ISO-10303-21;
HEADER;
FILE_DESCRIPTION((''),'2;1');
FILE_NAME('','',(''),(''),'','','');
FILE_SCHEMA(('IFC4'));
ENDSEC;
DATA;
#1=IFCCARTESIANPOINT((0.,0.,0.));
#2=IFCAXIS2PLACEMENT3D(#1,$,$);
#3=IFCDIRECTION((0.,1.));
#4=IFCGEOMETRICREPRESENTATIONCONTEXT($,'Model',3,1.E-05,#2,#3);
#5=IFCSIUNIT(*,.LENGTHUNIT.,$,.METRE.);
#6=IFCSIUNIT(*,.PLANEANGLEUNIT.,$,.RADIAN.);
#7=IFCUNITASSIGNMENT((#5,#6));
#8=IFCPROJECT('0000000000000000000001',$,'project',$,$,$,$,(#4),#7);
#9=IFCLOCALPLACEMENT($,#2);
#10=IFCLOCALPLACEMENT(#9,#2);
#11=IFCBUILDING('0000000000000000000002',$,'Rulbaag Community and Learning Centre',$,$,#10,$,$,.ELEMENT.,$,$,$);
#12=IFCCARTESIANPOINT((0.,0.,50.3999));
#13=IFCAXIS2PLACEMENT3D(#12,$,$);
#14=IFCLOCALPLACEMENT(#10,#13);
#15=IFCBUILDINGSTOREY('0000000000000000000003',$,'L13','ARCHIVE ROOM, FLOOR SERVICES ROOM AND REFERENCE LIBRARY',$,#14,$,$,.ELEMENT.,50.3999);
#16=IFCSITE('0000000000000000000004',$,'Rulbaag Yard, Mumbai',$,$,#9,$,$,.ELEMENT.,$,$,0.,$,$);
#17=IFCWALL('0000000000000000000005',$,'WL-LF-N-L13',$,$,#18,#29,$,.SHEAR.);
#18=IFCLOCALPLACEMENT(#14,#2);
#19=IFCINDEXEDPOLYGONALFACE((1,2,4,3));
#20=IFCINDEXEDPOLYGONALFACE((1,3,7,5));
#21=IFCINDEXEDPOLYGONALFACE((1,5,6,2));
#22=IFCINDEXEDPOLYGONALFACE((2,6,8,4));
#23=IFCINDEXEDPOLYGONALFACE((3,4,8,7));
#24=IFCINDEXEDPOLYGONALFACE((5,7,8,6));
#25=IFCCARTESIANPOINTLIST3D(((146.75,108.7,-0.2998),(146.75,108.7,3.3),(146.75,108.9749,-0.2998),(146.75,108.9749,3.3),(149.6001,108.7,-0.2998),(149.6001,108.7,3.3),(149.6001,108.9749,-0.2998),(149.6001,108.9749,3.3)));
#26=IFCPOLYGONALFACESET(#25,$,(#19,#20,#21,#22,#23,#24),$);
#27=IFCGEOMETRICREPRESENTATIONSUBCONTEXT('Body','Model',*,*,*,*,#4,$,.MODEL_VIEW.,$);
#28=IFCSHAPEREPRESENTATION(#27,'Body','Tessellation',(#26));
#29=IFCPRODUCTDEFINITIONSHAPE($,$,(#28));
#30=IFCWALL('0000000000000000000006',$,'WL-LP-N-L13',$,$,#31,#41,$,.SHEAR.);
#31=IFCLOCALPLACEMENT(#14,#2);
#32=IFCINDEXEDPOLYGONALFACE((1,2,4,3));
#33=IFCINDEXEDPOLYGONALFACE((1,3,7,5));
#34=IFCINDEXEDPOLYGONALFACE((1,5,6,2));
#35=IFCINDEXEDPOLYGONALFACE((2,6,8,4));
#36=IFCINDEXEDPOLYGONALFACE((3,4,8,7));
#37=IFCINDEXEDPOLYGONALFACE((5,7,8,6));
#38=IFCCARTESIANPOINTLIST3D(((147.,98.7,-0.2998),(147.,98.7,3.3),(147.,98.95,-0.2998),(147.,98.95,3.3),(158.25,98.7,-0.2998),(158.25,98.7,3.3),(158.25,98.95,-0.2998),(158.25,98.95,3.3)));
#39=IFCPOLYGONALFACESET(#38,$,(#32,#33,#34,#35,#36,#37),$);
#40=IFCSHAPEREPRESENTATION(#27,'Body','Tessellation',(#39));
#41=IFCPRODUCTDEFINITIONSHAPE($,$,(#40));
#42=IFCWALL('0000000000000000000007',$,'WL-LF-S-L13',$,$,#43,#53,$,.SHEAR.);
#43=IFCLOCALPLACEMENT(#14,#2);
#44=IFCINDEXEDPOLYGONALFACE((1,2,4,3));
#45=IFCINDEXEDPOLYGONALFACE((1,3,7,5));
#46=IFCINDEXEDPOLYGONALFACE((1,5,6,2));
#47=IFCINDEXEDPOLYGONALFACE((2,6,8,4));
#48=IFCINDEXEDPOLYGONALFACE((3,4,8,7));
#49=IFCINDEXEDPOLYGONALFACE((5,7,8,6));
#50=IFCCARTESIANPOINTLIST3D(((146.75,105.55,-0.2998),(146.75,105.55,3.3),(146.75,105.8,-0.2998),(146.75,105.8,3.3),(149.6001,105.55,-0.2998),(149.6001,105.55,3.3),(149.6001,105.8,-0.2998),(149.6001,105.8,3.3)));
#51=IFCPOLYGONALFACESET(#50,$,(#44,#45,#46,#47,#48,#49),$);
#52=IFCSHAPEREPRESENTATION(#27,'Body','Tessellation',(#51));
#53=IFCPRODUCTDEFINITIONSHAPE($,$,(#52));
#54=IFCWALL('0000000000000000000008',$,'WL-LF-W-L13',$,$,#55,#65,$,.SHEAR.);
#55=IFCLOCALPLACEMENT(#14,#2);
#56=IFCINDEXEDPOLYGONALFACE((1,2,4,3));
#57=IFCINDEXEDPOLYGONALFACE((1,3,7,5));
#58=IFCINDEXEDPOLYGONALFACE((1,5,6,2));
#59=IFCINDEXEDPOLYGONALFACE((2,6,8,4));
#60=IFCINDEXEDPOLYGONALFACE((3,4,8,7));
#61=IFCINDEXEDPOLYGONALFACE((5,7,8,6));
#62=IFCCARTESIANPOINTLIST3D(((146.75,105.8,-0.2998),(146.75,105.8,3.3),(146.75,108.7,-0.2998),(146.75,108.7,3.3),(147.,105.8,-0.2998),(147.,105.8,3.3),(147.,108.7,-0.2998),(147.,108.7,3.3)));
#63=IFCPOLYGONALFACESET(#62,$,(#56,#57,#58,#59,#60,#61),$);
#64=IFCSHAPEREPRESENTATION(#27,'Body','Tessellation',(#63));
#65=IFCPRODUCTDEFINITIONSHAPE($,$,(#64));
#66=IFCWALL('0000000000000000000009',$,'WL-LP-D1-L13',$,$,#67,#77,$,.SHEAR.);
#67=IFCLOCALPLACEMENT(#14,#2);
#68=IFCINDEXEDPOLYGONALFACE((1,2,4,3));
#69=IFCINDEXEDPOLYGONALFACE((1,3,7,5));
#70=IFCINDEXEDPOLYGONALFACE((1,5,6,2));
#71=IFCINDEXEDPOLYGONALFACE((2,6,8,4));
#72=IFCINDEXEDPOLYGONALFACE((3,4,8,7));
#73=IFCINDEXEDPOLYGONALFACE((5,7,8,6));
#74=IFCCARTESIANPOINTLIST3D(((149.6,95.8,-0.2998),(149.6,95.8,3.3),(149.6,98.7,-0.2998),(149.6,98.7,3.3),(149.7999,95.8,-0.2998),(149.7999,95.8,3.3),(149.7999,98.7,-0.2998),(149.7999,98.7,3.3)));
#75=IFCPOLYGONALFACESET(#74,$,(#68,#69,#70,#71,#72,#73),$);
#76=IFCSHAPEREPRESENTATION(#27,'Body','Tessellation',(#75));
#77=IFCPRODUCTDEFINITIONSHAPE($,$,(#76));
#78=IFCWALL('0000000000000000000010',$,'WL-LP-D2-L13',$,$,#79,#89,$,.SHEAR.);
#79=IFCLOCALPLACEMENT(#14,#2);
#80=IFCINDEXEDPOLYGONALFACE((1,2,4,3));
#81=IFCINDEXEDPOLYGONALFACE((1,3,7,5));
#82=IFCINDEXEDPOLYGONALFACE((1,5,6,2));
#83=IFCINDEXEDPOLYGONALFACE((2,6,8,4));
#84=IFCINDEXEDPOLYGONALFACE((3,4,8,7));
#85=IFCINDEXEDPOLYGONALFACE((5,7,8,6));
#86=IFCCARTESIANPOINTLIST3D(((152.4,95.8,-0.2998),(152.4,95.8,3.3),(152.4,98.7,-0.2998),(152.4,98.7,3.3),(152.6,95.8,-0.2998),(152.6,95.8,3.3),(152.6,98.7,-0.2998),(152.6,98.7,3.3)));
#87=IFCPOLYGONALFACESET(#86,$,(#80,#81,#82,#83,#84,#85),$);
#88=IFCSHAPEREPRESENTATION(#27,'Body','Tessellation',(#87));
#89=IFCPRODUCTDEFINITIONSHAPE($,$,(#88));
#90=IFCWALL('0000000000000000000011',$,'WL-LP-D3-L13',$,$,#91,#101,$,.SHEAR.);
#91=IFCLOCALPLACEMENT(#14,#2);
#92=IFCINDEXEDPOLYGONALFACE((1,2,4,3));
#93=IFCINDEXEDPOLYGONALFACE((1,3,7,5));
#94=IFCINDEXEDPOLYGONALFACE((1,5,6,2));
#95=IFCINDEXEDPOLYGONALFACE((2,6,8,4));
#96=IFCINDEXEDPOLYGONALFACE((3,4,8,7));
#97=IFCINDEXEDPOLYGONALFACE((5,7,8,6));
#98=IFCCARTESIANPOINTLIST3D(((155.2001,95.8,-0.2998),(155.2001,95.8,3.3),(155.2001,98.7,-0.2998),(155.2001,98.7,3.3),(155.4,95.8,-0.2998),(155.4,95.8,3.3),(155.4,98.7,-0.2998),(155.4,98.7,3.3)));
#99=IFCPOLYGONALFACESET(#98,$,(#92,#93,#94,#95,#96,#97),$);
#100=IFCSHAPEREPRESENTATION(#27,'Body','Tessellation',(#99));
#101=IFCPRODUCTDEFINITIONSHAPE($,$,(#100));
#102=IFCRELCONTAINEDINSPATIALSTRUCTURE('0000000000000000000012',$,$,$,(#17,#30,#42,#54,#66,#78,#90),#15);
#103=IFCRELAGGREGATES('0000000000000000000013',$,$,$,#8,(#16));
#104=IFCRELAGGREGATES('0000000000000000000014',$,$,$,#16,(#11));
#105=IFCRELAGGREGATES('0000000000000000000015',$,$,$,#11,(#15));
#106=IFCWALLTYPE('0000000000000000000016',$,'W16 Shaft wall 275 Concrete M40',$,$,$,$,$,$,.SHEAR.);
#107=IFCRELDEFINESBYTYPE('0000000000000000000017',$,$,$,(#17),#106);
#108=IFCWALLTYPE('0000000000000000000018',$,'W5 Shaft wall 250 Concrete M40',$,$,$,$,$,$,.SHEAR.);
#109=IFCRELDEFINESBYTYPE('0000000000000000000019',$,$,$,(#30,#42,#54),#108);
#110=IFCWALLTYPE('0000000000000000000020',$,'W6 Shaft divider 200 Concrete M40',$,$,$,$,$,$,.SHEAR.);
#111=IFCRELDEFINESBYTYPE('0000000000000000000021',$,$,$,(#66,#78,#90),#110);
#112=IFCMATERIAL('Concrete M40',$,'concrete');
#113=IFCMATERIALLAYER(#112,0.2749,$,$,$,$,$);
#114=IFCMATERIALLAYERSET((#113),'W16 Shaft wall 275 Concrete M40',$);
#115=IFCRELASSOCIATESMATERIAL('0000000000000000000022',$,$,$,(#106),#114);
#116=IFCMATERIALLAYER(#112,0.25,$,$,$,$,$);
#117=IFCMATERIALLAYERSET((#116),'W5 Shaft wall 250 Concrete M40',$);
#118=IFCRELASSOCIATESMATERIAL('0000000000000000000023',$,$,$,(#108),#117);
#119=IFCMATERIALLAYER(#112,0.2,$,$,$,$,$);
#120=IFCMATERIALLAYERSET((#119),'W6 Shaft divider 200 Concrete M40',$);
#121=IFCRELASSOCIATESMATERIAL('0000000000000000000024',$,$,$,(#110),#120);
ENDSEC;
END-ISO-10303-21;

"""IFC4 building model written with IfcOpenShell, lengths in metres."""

from ifc_helpers import new_model, si_unit, direction, frame, frame_2d, origin, place, context, subcontext, project, spatial, rectangle, extrude, material, layer, layer_set, type_object, element, save


model = new_model("IFC4")

# Units and contexts
model_context = context("Model", 3, precision=1e-05, world=origin(), true_north=direction((0.0, 1.0)))
body_context = subcontext(model_context, "Body", "Model", "MODEL_VIEW")
ifc_project = project(units=[si_unit("LENGTHUNIT", "METRE"), si_unit("PLANEANGLEUNIT", "RADIAN")], contexts=[model_context])

# Site, building, storey
site_placement = place(None, origin())
site = spatial("IfcSite", under=ifc_project, at=site_placement, Name="Rulbaag Yard, Mumbai", CompositionType="ELEMENT", RefElevation=0.0)
building_placement = place(site_placement, origin())
building = spatial("IfcBuilding", under=site, at=building_placement, Name="Rulbaag Community and Learning Centre", CompositionType="ELEMENT")
storey_placement = place(building_placement, frame((0.0, 0.0, 50.3999)))
storey = spatial("IfcBuildingStorey", under=building, at=storey_placement, Name="L13", Description="ARCHIVE ROOM, FLOOR SERVICES ROOM AND REFERENCE LIBRARY", CompositionType="ELEMENT", Elevation=50.3999)

# Shared definitions
ifc_material_1 = material(Name="Concrete M40", Category="concrete")

# Walls
ifc_layer_1 = layer(ifc_material_1, 0.2749)
ifc_layer_set_1 = layer_set([ifc_layer_1], Name="W16 Shaft wall 275 Concrete M40")
wall_type_1 = type_object("IfcWallType", Name="W16 Shaft wall 275 Concrete M40", PredefinedType="SHEAR", material=ifc_layer_set_1)
wall_1_placement = place(storey_placement, frame((146.75, 108.8374, -0.2998), z_axis=(0.0, 0.0, 1.0), x_axis=(1.0, 0.0, 0.0)))
element("IfcWall", 1, at=wall_1_placement, inside=storey, type_object=wall_type_1, Name="WL-LF-N-L13", PredefinedType="SHEAR", context=body_context, shape_type="SweptSolid", body=[
    extrude(rectangle(XDim=2.8501, YDim=0.2749, at=frame_2d((1.425, 0.0))), origin(), (0.0, 0.0, 1.0), 3.5999),
])
ifc_layer_2 = layer(ifc_material_1, 0.25)
ifc_layer_set_2 = layer_set([ifc_layer_2], Name="W5 Shaft wall 250 Concrete M40")
wall_type_2 = type_object("IfcWallType", Name="W5 Shaft wall 250 Concrete M40", PredefinedType="SHEAR", material=ifc_layer_set_2)
wall_2_placement = place(storey_placement, frame((147.0, 98.825, -0.2998), z_axis=(0.0, 0.0, 1.0), x_axis=(1.0, 0.0, 0.0)))
element("IfcWall", 2, at=wall_2_placement, inside=storey, type_object=wall_type_2, Name="WL-LP-N-L13", PredefinedType="SHEAR", context=body_context, shape_type="SweptSolid", body=[
    extrude(rectangle(XDim=11.25, YDim=0.25, at=frame_2d((5.625, 0.0))), origin(), (0.0, 0.0, 1.0), 3.5999),
])
wall_3_placement = place(storey_placement, frame((146.75, 105.675, -0.2998), z_axis=(0.0, 0.0, 1.0), x_axis=(1.0, 0.0, 0.0)))
element("IfcWall", 3, at=wall_3_placement, inside=storey, type_object=wall_type_2, Name="WL-LF-S-L13", PredefinedType="SHEAR", context=body_context, shape_type="SweptSolid", body=[
    extrude(rectangle(XDim=2.8501, YDim=0.25, at=frame_2d((1.425, 0.0))), origin(), (0.0, 0.0, 1.0), 3.5999),
])
wall_4_placement = place(storey_placement, frame((146.875, 105.8, -0.2998), z_axis=(0.0, 0.0, 1.0), x_axis=(0.0, 1.0, 0.0)))
element("IfcWall", 4, at=wall_4_placement, inside=storey, type_object=wall_type_2, Name="WL-LF-W-L13", PredefinedType="SHEAR", context=body_context, shape_type="SweptSolid", body=[
    extrude(rectangle(XDim=2.8999, YDim=0.25, at=frame_2d((1.45, 0.0))), origin(), (0.0, 0.0, 1.0), 3.5999),
])
ifc_layer_3 = layer(ifc_material_1, 0.2)
ifc_layer_set_3 = layer_set([ifc_layer_3], Name="W6 Shaft divider 200 Concrete M40")
wall_type_3 = type_object("IfcWallType", Name="W6 Shaft divider 200 Concrete M40", PredefinedType="SHEAR", material=ifc_layer_set_3)
for number, where, z_axis, x_axis, name in (
    (5, (149.7, 95.8, -0.2998), (0.0, 0.0, 1.0), (0.0, 1.0, 0.0), "WL-LP-D1-L13"),
    (6, (152.5, 95.8, -0.2998), (0.0, 0.0, 1.0), (0.0, 1.0, 0.0), "WL-LP-D2-L13"),
    (7, (155.3, 95.8, -0.2998), (0.0, 0.0, 1.0), (0.0, 1.0, 0.0), "WL-LP-D3-L13"),
):
    element("IfcWall", number, at=place(storey_placement, frame(where, z_axis=z_axis, x_axis=x_axis)), inside=storey, type_object=wall_type_3, Name=name, PredefinedType="SHEAR", context=body_context, shape_type="SweptSolid", body=[
        extrude(rectangle(XDim=2.8999, YDim=0.2, at=frame_2d((1.45, 0.0))), origin(), (0.0, 0.0, 1.0), 3.5999),
    ])

save(model, "model.ifc")
